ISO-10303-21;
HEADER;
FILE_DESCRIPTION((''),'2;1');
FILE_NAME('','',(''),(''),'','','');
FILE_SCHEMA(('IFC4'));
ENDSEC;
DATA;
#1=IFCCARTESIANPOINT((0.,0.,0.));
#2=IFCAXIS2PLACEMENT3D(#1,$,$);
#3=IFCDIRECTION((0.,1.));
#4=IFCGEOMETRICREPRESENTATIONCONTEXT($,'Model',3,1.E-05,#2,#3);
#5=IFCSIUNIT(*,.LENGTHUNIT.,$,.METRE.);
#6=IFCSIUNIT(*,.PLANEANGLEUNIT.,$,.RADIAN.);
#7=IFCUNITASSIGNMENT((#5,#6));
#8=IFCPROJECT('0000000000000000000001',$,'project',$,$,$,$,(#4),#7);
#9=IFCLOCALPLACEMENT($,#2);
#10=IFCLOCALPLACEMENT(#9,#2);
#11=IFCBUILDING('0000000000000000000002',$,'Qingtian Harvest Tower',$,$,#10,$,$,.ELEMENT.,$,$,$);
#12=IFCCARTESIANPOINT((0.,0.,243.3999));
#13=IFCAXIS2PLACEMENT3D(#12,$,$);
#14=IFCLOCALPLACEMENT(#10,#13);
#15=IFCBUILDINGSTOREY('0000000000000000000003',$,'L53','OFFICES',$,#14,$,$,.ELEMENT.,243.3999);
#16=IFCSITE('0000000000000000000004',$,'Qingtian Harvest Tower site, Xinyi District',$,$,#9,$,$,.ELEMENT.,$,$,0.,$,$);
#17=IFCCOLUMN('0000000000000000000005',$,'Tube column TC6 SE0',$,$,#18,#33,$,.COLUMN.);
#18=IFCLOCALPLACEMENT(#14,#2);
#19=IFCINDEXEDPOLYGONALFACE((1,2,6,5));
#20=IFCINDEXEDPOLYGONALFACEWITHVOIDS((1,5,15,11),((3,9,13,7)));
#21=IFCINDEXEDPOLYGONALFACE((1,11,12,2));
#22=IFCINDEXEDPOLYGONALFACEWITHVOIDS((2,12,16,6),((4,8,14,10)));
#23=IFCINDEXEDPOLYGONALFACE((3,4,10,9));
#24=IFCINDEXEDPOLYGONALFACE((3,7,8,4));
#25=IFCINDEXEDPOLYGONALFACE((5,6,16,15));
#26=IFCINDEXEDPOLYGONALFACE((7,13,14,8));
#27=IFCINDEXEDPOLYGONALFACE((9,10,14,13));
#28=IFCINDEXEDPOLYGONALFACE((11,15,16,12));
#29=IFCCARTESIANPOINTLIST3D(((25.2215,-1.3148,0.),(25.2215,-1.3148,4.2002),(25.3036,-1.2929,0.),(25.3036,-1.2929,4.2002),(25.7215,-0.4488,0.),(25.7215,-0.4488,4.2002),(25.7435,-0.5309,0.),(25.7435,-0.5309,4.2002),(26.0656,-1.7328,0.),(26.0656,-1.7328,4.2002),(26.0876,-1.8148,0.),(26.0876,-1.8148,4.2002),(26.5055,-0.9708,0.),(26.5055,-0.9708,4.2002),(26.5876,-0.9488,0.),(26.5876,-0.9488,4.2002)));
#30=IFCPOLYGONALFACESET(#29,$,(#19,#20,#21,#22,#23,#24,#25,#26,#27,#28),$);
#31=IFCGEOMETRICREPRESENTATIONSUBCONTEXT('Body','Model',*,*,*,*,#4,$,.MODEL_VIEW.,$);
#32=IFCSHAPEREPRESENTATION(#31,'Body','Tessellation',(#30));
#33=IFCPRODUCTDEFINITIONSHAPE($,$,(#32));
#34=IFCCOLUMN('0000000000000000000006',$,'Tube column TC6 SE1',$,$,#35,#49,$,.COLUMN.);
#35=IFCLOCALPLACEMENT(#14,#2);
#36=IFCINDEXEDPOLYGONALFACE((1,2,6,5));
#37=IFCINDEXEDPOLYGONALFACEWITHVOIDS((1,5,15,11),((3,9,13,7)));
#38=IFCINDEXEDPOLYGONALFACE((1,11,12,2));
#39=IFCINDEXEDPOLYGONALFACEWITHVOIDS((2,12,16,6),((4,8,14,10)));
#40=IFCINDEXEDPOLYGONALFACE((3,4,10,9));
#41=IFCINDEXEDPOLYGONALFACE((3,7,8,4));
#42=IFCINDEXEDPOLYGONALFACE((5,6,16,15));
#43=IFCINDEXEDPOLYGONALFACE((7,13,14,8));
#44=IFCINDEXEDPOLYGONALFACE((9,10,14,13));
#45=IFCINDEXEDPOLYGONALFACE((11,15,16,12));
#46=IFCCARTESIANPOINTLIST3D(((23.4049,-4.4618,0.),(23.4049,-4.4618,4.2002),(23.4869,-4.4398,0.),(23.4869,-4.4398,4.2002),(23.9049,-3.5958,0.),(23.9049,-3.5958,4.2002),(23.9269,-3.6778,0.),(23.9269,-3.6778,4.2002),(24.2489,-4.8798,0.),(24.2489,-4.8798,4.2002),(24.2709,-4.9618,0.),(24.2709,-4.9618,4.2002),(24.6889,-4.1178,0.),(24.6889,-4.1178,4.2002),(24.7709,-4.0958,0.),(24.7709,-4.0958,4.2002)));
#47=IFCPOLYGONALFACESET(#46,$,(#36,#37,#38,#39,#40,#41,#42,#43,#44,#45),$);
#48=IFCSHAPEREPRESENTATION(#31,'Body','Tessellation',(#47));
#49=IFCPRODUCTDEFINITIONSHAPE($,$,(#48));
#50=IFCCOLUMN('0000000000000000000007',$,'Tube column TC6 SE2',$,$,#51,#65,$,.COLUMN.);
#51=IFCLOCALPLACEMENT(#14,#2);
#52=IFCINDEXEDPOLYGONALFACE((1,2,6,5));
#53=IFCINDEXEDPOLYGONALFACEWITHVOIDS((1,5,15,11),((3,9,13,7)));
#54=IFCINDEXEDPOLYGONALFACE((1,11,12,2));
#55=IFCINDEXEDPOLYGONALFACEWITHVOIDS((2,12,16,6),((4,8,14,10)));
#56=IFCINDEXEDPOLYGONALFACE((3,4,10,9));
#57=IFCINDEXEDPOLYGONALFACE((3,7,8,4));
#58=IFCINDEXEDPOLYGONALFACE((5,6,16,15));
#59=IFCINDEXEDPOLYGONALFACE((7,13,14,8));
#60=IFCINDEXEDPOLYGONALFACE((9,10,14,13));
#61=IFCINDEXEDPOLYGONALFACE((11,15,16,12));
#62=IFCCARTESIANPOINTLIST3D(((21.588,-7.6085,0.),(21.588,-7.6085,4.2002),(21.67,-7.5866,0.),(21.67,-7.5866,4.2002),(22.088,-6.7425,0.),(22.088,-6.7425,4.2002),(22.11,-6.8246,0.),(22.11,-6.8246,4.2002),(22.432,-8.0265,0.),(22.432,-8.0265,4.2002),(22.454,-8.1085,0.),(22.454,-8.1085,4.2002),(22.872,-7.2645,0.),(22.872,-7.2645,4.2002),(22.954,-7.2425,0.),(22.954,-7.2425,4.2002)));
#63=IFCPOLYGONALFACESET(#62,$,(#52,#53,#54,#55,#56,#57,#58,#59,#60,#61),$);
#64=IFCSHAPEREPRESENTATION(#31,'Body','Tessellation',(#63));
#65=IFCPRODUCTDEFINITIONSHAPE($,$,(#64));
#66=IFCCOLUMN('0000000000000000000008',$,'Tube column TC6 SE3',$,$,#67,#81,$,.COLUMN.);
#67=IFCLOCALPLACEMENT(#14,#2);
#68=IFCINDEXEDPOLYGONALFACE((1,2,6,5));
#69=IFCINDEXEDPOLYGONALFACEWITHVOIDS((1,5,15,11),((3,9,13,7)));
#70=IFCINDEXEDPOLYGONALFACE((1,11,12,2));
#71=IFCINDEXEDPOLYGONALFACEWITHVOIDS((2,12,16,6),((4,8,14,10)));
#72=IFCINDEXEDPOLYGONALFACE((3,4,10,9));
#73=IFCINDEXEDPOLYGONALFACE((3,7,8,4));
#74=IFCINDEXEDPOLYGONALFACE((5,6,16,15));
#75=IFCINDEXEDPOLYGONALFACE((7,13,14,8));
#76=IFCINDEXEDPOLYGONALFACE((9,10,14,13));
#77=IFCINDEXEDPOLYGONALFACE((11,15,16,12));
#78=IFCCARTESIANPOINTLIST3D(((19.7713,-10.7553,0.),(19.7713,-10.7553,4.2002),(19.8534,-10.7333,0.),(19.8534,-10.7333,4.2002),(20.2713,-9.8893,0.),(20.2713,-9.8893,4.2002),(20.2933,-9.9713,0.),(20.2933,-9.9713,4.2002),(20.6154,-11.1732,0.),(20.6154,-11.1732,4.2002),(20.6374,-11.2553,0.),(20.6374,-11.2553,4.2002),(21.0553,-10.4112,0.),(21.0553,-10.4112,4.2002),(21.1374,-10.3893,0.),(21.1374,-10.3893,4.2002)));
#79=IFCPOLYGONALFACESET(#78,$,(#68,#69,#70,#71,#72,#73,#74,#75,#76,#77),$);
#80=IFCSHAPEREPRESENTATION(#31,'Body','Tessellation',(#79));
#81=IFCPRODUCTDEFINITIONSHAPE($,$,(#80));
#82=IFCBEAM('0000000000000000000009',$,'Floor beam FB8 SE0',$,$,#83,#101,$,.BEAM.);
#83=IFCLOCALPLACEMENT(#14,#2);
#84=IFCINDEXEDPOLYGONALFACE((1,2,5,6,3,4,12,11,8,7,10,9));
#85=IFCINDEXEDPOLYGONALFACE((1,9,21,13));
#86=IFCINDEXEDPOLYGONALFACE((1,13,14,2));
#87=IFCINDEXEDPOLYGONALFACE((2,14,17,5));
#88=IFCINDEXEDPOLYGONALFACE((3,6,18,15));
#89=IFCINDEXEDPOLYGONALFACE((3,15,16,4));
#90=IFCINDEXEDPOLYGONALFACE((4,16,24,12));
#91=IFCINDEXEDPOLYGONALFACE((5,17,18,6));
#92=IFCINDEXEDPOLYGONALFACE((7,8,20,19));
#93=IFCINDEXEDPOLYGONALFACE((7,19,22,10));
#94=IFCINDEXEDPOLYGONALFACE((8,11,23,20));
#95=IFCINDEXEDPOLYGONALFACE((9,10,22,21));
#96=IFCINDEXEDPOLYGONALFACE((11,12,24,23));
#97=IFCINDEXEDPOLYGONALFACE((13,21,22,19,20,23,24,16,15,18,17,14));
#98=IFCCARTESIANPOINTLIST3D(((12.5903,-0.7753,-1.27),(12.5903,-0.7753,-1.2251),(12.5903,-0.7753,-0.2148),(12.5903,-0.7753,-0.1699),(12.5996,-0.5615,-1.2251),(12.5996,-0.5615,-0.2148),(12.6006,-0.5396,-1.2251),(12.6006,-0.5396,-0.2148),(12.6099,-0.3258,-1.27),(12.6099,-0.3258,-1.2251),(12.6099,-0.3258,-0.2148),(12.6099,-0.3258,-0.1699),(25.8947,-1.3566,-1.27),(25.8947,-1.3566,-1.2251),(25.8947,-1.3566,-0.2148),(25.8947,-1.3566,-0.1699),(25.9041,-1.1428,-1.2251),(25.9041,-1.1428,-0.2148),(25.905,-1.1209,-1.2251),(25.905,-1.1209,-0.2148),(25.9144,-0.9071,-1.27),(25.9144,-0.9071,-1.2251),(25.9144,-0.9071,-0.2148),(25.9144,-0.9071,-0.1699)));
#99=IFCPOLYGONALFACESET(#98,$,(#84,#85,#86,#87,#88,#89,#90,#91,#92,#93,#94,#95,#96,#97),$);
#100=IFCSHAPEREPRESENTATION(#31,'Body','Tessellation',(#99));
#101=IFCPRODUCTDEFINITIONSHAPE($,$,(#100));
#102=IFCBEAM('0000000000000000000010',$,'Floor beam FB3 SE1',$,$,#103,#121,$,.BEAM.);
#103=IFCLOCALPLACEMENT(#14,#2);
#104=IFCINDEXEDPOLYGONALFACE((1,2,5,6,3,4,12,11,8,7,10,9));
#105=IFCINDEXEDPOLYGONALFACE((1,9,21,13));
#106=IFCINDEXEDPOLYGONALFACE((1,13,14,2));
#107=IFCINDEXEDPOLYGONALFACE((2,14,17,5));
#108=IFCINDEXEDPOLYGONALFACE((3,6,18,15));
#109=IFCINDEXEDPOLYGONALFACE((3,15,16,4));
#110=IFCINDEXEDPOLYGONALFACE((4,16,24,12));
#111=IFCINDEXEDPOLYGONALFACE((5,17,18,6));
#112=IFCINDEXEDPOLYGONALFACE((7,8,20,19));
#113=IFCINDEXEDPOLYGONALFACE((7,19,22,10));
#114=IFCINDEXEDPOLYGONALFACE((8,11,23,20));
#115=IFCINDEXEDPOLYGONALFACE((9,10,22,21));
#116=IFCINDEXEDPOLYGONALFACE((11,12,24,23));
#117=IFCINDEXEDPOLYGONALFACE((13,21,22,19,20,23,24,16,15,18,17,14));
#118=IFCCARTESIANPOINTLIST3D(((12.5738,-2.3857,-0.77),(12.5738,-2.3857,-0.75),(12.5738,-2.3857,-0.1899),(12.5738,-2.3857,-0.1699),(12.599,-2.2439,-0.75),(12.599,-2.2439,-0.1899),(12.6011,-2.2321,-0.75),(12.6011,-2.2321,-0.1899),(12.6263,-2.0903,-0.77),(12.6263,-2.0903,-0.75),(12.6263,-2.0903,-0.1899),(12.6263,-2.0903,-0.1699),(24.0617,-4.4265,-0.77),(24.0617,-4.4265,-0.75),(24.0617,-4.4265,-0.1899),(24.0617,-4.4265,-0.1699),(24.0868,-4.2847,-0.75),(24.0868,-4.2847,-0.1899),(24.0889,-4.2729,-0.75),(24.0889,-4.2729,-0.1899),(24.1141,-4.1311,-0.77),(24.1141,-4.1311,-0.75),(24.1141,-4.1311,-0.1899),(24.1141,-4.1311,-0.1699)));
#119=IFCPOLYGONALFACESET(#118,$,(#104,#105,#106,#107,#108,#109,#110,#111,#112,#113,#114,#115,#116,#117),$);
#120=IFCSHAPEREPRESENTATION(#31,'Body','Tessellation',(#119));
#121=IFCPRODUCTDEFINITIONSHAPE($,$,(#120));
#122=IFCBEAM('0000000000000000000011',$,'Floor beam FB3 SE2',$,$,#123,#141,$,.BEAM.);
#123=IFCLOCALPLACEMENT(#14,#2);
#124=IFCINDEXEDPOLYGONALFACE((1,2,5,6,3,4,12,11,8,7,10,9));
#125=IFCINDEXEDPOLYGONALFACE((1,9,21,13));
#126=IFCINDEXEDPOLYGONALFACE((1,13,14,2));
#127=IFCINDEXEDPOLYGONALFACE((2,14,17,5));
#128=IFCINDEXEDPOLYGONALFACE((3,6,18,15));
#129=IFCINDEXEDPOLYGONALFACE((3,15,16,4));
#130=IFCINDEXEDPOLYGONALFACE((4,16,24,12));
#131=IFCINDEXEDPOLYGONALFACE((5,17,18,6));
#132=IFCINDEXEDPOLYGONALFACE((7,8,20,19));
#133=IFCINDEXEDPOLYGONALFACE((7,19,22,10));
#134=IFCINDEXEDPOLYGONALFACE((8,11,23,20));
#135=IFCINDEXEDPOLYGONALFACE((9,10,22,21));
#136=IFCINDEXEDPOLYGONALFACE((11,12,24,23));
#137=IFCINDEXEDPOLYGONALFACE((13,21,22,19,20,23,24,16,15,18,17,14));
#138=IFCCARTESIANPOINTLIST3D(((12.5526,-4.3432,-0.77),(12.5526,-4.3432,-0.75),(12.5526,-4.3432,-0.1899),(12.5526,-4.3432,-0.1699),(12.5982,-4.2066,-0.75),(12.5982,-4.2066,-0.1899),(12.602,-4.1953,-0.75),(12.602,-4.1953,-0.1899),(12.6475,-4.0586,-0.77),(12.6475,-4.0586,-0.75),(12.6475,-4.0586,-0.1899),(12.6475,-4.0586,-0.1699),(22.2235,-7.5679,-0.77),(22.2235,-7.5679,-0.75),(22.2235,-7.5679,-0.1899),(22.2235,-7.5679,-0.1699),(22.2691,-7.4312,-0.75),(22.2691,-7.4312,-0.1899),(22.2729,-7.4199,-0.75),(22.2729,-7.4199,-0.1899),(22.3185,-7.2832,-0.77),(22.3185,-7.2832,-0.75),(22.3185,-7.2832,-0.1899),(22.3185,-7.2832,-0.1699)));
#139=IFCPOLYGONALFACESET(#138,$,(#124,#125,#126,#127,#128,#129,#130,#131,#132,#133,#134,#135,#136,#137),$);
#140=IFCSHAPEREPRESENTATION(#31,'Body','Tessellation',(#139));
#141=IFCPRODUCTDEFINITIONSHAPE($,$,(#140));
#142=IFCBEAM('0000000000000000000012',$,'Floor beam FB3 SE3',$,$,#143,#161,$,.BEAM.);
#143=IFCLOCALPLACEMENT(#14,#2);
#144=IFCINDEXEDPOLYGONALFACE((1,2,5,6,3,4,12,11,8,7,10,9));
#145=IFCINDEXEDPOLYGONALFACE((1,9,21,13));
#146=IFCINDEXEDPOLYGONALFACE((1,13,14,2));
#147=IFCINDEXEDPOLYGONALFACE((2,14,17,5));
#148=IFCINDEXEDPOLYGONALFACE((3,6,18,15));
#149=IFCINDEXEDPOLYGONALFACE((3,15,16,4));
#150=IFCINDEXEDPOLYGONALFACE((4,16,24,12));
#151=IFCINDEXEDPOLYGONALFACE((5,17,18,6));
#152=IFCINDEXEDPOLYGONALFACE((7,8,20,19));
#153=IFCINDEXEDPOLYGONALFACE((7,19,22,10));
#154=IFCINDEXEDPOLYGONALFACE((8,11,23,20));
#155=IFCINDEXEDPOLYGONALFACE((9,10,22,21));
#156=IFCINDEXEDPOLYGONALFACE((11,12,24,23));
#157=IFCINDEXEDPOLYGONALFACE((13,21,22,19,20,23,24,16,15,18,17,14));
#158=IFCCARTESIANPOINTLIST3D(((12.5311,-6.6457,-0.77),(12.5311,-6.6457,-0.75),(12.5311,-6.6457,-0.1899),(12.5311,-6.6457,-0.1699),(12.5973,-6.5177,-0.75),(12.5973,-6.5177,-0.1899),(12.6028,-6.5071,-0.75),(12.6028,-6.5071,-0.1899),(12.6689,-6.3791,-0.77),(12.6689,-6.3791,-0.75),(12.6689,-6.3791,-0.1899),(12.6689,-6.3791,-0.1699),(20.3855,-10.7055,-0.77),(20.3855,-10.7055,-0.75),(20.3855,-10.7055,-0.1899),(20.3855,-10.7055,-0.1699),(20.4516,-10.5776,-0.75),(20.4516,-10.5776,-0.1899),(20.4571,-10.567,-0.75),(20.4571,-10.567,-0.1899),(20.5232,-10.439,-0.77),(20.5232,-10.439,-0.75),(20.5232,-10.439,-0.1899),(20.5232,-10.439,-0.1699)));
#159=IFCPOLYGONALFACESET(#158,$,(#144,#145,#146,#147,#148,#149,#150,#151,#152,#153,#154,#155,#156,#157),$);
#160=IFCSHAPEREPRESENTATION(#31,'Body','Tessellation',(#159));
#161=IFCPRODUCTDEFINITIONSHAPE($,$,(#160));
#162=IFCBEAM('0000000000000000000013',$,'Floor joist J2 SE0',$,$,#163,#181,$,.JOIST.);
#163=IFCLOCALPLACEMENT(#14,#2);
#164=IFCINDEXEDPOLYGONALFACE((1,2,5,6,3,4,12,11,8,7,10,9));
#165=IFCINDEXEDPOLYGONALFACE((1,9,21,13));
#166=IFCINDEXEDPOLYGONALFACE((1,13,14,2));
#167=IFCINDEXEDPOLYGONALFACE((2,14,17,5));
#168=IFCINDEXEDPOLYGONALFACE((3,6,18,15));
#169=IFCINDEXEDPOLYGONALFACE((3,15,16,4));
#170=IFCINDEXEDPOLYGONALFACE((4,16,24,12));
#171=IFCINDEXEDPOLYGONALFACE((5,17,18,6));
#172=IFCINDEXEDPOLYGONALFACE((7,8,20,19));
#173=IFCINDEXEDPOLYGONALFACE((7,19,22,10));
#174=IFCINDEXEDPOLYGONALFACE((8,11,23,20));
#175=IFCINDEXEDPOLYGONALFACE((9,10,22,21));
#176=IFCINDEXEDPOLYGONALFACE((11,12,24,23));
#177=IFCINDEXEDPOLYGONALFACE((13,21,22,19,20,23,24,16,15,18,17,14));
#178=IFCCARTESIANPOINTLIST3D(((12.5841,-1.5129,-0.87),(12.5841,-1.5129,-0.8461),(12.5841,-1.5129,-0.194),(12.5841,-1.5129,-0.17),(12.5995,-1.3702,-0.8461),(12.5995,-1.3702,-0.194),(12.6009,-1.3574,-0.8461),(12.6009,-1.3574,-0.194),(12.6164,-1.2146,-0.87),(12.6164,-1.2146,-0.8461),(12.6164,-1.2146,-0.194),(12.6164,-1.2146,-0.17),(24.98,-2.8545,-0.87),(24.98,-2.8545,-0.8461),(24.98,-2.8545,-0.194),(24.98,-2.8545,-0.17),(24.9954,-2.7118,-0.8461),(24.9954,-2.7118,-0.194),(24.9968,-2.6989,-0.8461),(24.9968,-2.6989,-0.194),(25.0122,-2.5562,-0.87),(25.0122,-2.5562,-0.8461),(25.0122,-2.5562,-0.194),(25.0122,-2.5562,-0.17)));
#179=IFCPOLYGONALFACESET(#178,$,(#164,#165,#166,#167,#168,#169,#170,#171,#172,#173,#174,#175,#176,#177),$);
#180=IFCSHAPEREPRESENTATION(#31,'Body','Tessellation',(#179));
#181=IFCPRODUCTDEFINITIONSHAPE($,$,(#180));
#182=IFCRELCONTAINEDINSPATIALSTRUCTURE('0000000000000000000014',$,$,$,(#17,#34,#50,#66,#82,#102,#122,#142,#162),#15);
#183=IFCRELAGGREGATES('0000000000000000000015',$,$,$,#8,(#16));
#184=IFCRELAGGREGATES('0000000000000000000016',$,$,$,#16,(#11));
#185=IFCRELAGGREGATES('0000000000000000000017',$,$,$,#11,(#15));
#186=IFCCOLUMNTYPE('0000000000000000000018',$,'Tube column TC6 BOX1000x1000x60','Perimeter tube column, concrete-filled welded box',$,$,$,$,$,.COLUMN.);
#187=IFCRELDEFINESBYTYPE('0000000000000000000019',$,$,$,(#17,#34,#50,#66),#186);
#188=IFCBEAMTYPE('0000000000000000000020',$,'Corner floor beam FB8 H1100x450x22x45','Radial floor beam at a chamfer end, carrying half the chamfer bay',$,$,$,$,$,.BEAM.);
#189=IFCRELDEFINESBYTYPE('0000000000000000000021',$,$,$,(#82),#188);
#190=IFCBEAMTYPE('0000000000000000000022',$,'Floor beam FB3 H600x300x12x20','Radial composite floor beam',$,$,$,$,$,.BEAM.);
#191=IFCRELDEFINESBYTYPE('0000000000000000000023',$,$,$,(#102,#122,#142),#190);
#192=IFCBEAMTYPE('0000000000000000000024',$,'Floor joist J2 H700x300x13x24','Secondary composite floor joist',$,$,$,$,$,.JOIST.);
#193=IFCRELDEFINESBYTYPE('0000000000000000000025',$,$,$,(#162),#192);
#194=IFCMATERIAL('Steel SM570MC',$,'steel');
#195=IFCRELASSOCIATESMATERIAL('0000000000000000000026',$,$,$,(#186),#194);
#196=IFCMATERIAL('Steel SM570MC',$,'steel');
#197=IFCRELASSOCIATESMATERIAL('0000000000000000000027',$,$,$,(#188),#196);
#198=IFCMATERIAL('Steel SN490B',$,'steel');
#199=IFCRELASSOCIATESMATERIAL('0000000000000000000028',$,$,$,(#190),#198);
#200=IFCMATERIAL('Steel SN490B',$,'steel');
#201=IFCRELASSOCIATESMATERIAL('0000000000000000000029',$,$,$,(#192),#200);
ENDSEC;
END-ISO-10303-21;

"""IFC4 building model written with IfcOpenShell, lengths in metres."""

from ifc_helpers import new_model, si_unit, direction, frame, origin, origin_2d, place, context, subcontext, project, spatial, hollow_rectangle, i_section, extrude, material, material_profile, profile_set, type_object, element, save


model = new_model("IFC4")

# Units and contexts
model_context = context("Model", 3, precision=1e-05, world=origin(), true_north=direction((0.0, 1.0)))
body_context = subcontext(model_context, "Body", "Model", "MODEL_VIEW")
ifc_project = project(units=[si_unit("LENGTHUNIT", "METRE"), si_unit("PLANEANGLEUNIT", "RADIAN")], contexts=[model_context])

# Site, building, storey
site_placement = place(None, origin())
site = spatial("IfcSite", under=ifc_project, at=site_placement, Name="Qingtian Harvest Tower site, Xinyi District", CompositionType="ELEMENT", RefElevation=0.0)
building_placement = place(site_placement, origin())
building = spatial("IfcBuilding", under=site, at=building_placement, Name="Qingtian Harvest Tower", CompositionType="ELEMENT")
storey_placement = place(building_placement, frame((0.0, 0.0, 243.3999)))
storey = spatial("IfcBuildingStorey", under=building, at=storey_placement, Name="L53", Description="OFFICES", CompositionType="ELEMENT", Elevation=243.3999)

# Columns
ifc_material_1 = material(Name="Steel SM570MC", Category="steel")
ifc_material_profile_1 = material_profile(ifc_material_1, hollow_rectangle(XDim=1.0, YDim=1.0, WallThickness=0.0601, at=origin_2d()), Name="BOX1000x1000x60")
ifc_profile_set_1 = profile_set([ifc_material_profile_1], Name="Steel SM570MC")
column_type = type_object("IfcColumnType", Name="Tube column TC6 BOX1000x1000x60", Description="Perimeter tube column, concrete-filled welded box", PredefinedType="COLUMN", material=ifc_profile_set_1)
for number, where, z_axis, x_axis, name in (
    (1, (25.9045, -1.1318, 0.0), (0.0, 0.0, 1.0), (0.5, 0.866025, 0.0), "Tube column TC6 SE0"),
    (2, (24.0879, -4.2788, 0.0), (0.0, 0.0, 1.0), (0.5, 0.866025, 0.0), "Tube column TC6 SE1"),
    (3, (22.271, -7.4255, 0.0), (0.0, 0.0, 1.0), (0.5, 0.866025, 0.0), "Tube column TC6 SE2"),
    (4, (20.4543, -10.5723, 0.0), (0.0, 0.0, 1.0), (0.5, 0.866025, 0.0), "Tube column TC6 SE3"),
):
    element("IfcColumn", number, at=place(storey_placement, frame(where, z_axis=z_axis, x_axis=x_axis)), inside=storey, type_object=column_type, Name=name, PredefinedType="COLUMN", context=body_context, shape_type="SweptSolid", body=[
        extrude(hollow_rectangle(XDim=1.0, YDim=1.0, WallThickness=0.0601, at=origin_2d()), origin(), (0.0, 0.0, 1.0), 4.2002),
    ])

# Beams
ifc_material_2 = material(Name="Steel SM570MC", Category="steel")
ifc_material_profile_2 = material_profile(ifc_material_2, i_section(OverallWidth=0.45, OverallDepth=1.1001, WebThickness=0.022, FlangeThickness=0.0449, at=origin_2d()), Name="H1100x450x22x45")
ifc_profile_set_2 = profile_set([ifc_material_profile_2], Name="Steel SM570MC")
beam_type_1 = type_object("IfcBeamType", Name="Corner floor beam FB8 H1100x450x22x45", Description="Radial floor beam at a chamfer end, carrying half the chamfer bay", PredefinedType="BEAM", material=ifc_profile_set_2)
beam_1_placement = place(storey_placement, frame((25.9045, -1.1318, -0.72), z_axis=(-0.999047, 0.04365, 0.0), x_axis=(-0.04365, -0.999047, 0.0)))
element("IfcBeam", 5, at=beam_1_placement, inside=storey, type_object=beam_type_1, Name="Floor beam FB8 SE0", PredefinedType="BEAM", context=body_context, shape_type="SweptSolid", body=[
    extrude(i_section(OverallWidth=0.45, OverallDepth=1.1001, WebThickness=0.022, FlangeThickness=0.0449, at=origin_2d()), origin(), (0.0, 0.0, 1.0), 13.3171),
])
ifc_material_3 = material(Name="Steel SN490B", Category="steel")
ifc_material_profile_3 = material_profile(ifc_material_3, i_section(OverallWidth=0.3, OverallDepth=0.6001, WebThickness=0.012, FlangeThickness=0.02, at=origin_2d()), Name="H600x300x12x20")
ifc_profile_set_3 = profile_set([ifc_material_profile_3], Name="Steel SN490B")
beam_type_2 = type_object("IfcBeamType", Name="Floor beam FB3 H600x300x12x20", Description="Radial composite floor beam", PredefinedType="BEAM", material=ifc_profile_set_3)
beam_2_placement = place(storey_placement, frame((24.0879, -4.2788, -0.47), z_axis=(-0.984585, 0.174908, 0.0), x_axis=(-0.174908, -0.984585, 0.0)))
element("IfcBeam", 6, at=beam_2_placement, inside=storey, type_object=beam_type_2, Name="Floor beam FB3 SE1", PredefinedType="BEAM", context=body_context, shape_type="SweptSolid", body=[
    extrude(i_section(OverallWidth=0.3, OverallDepth=0.6001, WebThickness=0.012, FlangeThickness=0.02, at=origin_2d()), origin(), (0.0, 0.0, 1.0), 11.6677),
])
beam_3_placement = place(storey_placement, frame((22.271, -7.4255, -0.47), z_axis=(-0.948655, 0.316314, 0.0), x_axis=(-0.316314, -0.948655, 0.0)))
element("IfcBeam", 7, at=beam_3_placement, inside=storey, type_object=beam_type_2, Name="Floor beam FB3 SE2", PredefinedType="BEAM", context=body_context, shape_type="SweptSolid", body=[
    extrude(i_section(OverallWidth=0.3, OverallDepth=0.6001, WebThickness=0.012, FlangeThickness=0.02, at=origin_2d()), origin(), (0.0, 0.0, 1.0), 10.1943),
])
beam_4_placement = place(storey_placement, frame((20.4543, -10.5723, -0.47), z_axis=(-0.888344, 0.45918, 0.0), x_axis=(-0.45918, -0.888344, 0.0)))
element("IfcBeam", 8, at=beam_4_placement, inside=storey, type_object=beam_type_2, Name="Floor beam FB3 SE3", PredefinedType="BEAM", context=body_context, shape_type="SweptSolid", body=[
    extrude(i_section(OverallWidth=0.3, OverallDepth=0.6001, WebThickness=0.012, FlangeThickness=0.02, at=origin_2d()), origin(), (0.0, 0.0, 1.0), 8.8416),
])
ifc_material_4 = material(Name="Steel SN490B", Category="steel")
ifc_material_profile_4 = material_profile(ifc_material_4, i_section(OverallWidth=0.3, OverallDepth=0.7, WebThickness=0.0129, FlangeThickness=0.0239, at=origin_2d()), Name="H700x300x13x24")
ifc_profile_set_4 = profile_set([ifc_material_profile_4], Name="Steel SN490B")
beam_type_3 = type_object("IfcBeamType", Name="Floor joist J2 H700x300x13x24", Description="Secondary composite floor joist", PredefinedType="JOIST", material=ifc_profile_set_4)
beam_5_placement = place(storey_placement, frame((24.9961, -2.7053, -0.52), z_axis=(-0.994195, 0.107596, 0.0), x_axis=(-0.107596, -0.994195, 0.0)))
element("IfcBeam", 9, at=beam_5_placement, inside=storey, type_object=beam_type_3, Name="Floor joist J2 SE0", PredefinedType="JOIST", context=body_context, shape_type="SweptSolid", body=[
    extrude(i_section(OverallWidth=0.3, OverallDepth=0.7, WebThickness=0.0129, FlangeThickness=0.0239, at=origin_2d()), origin(), (0.0, 0.0, 1.0), 12.4683),
])

save(model, "model.ifc")
